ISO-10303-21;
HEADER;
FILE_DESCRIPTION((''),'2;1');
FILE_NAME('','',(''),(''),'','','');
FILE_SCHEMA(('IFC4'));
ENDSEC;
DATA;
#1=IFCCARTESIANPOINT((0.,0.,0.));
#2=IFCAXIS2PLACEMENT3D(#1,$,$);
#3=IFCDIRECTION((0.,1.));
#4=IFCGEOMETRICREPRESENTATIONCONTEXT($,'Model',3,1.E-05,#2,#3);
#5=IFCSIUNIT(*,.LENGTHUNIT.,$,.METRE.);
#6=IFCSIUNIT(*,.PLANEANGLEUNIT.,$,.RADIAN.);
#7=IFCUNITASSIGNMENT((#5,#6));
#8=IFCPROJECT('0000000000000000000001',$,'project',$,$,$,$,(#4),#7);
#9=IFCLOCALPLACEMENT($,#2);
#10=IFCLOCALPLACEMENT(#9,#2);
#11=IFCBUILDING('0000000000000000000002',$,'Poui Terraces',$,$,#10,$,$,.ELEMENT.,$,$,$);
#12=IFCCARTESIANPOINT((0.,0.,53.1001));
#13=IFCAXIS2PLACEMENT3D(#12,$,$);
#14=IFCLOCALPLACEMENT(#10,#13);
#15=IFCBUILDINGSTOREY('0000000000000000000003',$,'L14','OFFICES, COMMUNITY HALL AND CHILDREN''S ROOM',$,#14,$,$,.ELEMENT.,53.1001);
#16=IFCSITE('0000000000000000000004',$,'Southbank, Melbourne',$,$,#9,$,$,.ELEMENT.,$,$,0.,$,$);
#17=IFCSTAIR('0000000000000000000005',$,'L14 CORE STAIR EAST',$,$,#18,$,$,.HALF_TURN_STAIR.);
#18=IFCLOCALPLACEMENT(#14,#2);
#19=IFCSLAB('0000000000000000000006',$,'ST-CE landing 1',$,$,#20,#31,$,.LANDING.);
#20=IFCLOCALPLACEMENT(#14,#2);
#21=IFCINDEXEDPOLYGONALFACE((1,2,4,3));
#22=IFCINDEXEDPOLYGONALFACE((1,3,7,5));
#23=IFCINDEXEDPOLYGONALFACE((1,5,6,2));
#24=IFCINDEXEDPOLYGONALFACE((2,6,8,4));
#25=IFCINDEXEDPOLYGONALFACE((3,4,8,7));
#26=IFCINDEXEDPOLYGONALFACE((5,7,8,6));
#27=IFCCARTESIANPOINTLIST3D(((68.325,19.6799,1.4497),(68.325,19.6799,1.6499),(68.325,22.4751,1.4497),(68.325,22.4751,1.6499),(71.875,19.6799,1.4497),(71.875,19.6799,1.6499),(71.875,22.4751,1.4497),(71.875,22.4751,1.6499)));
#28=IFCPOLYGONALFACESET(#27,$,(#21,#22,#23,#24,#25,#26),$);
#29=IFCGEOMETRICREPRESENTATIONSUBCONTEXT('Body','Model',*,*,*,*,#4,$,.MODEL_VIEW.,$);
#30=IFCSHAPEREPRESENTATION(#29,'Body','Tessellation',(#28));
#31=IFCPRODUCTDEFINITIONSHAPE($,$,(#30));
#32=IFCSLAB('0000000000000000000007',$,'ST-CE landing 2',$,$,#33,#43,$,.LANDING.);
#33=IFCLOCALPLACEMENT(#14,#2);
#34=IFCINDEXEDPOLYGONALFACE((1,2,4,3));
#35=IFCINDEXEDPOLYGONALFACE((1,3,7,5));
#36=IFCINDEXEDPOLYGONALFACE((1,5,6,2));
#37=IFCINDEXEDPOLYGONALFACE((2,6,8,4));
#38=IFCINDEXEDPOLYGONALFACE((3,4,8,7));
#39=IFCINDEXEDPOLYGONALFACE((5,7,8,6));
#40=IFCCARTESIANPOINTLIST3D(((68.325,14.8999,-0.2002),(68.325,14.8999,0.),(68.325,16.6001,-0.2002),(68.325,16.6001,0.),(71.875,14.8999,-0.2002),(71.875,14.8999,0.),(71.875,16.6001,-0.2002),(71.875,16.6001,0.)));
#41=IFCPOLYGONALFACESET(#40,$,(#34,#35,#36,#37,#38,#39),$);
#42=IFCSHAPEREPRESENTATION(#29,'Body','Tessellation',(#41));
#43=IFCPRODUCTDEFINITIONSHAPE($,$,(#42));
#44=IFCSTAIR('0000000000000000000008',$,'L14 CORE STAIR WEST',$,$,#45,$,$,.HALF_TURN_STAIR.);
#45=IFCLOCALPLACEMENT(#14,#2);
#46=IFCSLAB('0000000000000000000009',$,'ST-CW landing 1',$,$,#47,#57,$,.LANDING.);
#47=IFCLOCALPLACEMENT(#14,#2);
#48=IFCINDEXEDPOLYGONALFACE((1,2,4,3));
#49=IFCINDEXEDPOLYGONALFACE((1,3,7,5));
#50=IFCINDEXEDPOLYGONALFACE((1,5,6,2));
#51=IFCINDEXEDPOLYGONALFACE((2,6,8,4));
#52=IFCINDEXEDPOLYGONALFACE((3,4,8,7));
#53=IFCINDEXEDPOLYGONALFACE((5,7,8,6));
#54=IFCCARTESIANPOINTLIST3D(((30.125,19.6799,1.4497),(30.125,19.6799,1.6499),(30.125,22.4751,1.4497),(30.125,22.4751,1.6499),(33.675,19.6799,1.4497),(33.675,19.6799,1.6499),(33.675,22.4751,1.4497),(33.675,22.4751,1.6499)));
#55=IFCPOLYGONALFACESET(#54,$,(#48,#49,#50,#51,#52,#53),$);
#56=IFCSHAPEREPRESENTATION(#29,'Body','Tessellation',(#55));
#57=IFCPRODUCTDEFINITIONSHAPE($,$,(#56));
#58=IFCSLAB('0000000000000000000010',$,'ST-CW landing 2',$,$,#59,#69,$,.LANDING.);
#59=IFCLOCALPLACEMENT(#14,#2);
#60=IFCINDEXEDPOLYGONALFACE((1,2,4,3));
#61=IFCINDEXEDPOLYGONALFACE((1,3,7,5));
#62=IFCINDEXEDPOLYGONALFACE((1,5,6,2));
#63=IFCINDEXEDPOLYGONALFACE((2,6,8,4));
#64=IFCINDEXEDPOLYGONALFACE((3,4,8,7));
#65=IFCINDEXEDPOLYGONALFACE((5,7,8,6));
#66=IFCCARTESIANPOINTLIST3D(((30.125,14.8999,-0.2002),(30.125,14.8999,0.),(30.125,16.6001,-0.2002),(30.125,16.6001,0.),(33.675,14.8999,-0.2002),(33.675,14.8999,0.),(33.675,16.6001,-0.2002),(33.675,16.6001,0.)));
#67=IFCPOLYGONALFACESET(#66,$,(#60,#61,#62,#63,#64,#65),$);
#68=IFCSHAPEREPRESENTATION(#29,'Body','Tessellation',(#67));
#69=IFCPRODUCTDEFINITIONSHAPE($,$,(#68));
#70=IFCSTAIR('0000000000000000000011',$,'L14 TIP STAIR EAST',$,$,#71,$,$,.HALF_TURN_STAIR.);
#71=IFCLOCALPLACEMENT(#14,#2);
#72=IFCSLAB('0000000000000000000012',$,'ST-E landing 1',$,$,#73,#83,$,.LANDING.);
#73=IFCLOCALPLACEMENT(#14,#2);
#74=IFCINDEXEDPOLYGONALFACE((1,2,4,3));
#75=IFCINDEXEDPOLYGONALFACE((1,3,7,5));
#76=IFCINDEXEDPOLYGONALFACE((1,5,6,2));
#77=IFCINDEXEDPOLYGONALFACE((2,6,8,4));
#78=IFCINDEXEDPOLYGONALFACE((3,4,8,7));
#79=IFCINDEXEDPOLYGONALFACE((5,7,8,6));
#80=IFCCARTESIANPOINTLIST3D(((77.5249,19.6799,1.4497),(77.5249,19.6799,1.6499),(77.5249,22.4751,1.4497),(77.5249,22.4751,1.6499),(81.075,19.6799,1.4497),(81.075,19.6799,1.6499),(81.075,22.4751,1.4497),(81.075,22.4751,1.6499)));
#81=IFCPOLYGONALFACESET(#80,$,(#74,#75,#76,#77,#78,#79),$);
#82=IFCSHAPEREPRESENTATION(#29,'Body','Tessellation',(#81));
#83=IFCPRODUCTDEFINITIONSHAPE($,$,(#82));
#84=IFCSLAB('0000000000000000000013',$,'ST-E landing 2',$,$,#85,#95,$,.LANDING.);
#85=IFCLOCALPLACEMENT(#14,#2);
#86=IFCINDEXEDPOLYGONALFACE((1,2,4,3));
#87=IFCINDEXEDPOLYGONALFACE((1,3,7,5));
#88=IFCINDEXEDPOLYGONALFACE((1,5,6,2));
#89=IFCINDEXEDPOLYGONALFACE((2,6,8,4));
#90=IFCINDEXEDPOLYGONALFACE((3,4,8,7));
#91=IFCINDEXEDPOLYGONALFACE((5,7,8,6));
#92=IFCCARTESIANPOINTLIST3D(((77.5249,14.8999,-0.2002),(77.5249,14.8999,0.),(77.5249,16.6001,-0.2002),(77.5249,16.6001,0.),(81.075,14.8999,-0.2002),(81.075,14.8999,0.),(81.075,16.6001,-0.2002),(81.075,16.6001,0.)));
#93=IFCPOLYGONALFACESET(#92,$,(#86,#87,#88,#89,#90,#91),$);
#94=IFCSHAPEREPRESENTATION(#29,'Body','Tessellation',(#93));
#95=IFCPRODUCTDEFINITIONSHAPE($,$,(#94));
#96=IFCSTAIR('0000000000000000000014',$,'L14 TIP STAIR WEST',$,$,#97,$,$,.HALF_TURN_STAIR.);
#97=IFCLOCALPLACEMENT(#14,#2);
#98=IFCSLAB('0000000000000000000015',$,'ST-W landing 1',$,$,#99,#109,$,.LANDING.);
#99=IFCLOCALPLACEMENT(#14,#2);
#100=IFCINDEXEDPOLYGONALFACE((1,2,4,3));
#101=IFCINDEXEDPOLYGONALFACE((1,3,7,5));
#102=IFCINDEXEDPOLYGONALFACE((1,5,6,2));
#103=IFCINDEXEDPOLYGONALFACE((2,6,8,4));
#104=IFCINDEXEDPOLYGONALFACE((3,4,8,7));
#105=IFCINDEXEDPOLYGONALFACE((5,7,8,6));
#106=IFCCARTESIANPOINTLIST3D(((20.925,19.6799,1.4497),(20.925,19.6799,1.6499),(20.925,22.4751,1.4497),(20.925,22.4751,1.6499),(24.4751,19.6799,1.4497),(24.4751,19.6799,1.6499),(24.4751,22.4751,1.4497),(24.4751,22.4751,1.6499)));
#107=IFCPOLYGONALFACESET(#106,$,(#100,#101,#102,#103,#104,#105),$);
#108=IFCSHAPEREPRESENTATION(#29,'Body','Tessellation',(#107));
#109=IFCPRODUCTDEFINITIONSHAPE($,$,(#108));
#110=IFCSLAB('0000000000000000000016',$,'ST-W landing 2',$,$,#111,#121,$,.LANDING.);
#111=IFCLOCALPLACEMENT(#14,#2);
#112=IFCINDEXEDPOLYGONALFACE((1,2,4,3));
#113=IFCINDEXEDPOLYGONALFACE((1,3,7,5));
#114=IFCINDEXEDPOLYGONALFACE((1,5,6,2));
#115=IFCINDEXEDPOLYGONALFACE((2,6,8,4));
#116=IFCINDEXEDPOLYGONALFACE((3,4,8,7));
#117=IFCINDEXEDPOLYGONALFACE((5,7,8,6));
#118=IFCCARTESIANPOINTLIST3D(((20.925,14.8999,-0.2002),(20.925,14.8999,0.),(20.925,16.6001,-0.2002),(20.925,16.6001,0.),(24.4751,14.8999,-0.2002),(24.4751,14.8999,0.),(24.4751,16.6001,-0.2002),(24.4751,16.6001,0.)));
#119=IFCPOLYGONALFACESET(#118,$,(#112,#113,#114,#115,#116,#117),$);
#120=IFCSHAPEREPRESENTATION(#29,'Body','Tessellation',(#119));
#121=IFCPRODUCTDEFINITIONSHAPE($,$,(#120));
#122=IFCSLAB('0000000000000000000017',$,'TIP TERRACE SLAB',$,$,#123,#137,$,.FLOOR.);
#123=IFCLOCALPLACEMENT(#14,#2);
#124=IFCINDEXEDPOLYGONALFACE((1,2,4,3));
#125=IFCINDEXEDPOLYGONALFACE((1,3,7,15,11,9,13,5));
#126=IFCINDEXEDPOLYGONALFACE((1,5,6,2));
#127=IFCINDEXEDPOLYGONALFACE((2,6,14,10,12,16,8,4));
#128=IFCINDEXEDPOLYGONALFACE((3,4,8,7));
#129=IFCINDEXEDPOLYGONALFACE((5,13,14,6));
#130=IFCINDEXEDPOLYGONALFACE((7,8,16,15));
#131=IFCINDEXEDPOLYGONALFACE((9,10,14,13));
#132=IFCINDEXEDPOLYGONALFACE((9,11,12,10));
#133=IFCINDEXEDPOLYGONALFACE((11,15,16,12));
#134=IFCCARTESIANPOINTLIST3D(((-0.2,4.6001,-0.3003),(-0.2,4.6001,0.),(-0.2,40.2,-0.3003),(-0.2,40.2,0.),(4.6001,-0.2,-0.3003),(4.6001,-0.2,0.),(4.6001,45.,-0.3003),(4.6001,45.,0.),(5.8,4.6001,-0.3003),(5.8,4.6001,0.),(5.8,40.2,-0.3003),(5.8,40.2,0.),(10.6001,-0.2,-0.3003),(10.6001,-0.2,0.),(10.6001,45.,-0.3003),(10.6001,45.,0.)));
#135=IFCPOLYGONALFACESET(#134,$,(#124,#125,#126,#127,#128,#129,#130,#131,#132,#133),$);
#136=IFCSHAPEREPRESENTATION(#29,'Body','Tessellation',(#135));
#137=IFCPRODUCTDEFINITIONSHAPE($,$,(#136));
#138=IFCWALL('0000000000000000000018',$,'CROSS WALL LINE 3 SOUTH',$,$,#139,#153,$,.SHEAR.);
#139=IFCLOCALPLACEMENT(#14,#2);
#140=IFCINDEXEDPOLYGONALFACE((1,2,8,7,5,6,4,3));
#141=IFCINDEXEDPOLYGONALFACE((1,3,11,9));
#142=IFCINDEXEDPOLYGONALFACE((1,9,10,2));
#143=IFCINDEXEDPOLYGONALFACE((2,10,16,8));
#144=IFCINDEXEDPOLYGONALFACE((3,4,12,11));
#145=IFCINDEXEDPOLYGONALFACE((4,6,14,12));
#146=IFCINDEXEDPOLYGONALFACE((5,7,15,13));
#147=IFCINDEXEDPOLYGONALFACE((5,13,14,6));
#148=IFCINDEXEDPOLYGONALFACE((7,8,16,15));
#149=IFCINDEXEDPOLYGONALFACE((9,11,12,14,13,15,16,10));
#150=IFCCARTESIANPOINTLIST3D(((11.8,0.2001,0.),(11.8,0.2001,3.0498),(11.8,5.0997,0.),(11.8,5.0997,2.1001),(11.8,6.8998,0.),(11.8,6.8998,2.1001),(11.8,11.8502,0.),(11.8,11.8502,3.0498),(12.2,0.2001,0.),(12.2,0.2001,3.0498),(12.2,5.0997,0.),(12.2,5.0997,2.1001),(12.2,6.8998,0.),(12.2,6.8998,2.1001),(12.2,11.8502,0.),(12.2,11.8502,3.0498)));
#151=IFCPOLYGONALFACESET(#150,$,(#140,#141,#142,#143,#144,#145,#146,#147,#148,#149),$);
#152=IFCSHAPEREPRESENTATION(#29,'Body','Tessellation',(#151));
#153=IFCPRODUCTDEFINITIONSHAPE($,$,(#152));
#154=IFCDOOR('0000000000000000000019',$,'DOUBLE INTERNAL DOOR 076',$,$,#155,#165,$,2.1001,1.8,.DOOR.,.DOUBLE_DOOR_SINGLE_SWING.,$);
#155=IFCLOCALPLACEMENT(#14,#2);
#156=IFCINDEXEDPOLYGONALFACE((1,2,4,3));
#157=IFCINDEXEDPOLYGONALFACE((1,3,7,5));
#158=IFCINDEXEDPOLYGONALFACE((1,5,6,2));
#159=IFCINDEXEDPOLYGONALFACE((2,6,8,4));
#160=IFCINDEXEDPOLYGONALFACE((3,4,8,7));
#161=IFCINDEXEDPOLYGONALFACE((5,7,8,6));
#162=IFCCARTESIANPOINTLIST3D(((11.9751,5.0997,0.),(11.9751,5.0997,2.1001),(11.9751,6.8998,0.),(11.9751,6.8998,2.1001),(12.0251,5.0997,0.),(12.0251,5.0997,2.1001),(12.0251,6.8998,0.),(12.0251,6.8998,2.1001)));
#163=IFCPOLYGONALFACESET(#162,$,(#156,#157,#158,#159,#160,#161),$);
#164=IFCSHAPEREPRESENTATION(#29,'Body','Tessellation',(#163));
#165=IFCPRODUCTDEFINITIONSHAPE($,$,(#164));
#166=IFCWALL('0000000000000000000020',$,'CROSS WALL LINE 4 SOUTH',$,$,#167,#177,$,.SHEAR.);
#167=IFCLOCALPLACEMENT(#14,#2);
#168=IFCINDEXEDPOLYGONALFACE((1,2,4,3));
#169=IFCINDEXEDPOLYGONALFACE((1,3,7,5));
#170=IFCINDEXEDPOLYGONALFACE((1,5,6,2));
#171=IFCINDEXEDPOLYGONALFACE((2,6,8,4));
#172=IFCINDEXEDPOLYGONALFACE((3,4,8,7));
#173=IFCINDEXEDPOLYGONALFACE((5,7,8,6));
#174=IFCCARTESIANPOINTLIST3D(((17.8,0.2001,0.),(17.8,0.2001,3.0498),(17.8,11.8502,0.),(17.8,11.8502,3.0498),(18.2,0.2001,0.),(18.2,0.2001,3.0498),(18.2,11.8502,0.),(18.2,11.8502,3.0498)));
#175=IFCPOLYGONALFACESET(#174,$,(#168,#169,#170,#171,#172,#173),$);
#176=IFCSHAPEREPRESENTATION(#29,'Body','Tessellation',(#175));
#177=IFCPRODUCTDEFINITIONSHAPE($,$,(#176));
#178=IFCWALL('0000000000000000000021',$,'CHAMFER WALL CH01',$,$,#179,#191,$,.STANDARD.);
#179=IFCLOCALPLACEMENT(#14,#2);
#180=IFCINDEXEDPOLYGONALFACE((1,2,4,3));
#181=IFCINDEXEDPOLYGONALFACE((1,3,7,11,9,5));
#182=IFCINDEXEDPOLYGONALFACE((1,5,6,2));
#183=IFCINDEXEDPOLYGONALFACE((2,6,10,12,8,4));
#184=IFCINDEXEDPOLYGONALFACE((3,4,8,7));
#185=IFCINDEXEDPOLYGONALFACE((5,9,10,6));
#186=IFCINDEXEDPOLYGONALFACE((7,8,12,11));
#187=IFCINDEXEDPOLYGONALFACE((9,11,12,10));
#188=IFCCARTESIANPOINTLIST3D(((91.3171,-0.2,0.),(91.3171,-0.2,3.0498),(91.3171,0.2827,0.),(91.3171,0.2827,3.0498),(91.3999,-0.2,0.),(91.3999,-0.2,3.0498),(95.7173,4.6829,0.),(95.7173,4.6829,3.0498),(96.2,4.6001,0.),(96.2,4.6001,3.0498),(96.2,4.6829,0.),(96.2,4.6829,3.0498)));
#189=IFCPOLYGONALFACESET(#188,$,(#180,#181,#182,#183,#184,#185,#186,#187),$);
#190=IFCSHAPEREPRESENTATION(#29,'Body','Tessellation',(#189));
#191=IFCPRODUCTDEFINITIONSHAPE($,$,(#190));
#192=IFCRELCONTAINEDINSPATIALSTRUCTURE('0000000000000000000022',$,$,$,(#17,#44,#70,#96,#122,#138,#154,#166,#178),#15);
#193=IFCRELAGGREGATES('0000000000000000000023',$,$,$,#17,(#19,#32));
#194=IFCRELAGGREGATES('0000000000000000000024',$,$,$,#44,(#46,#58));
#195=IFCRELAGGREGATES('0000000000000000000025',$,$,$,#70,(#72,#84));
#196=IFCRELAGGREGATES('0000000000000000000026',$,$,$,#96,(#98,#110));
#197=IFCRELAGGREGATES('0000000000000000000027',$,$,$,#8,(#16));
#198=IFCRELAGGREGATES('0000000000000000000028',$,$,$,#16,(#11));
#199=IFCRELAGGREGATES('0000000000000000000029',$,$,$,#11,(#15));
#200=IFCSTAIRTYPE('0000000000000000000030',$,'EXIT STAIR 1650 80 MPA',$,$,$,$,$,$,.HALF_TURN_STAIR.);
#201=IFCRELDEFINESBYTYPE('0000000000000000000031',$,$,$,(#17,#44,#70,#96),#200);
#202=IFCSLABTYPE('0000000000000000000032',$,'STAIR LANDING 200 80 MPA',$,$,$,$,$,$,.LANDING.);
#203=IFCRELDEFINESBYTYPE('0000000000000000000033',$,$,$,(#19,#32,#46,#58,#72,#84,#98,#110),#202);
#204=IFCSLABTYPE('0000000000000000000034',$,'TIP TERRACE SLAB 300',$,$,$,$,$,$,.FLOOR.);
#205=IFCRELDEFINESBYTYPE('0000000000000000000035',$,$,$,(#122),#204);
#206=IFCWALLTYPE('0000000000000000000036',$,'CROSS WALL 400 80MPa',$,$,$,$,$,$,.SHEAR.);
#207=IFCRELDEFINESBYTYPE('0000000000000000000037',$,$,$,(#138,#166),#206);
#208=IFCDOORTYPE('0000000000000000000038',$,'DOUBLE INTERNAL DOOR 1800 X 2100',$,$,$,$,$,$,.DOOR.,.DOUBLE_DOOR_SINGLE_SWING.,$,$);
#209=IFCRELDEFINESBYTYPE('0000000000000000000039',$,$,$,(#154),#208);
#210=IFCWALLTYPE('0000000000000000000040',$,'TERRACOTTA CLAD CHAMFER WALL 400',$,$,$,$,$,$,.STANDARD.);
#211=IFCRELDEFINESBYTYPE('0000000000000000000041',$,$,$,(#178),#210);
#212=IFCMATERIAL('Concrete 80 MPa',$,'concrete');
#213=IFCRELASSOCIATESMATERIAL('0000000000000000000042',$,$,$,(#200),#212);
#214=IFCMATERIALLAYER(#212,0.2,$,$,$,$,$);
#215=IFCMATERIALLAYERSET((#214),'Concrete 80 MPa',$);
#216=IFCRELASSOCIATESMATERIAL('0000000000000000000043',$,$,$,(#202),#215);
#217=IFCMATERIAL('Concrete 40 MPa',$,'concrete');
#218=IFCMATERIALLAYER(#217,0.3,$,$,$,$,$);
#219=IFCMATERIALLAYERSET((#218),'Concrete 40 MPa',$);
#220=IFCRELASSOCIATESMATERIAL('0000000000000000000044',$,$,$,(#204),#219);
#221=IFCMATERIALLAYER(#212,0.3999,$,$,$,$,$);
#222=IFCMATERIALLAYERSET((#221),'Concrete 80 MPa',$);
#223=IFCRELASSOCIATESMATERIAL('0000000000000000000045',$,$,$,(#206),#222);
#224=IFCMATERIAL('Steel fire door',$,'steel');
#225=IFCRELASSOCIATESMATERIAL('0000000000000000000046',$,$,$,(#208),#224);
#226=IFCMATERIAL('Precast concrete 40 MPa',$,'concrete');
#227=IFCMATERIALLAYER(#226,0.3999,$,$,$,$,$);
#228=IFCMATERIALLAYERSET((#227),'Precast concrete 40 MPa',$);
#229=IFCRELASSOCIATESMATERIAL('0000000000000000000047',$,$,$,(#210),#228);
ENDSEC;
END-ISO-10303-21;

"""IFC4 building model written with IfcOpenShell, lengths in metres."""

from ifc_helpers import new_model, si_unit, direction, frame, frame_2d, origin, place, context, subcontext, project, spatial, polyline, rectangle, outline, extrude, source, transform, mapped, material, layer, layer_set, type_object, element, fill, aggregate, save


model = new_model("IFC4")

# Units and contexts
model_context = context("Model", 3, precision=1e-05, world=origin(), true_north=direction((0.0, 1.0)))
body_context = subcontext(model_context, "Body", "Model", "MODEL_VIEW")
ifc_project = project(units=[si_unit("LENGTHUNIT", "METRE"), si_unit("PLANEANGLEUNIT", "RADIAN")], contexts=[model_context])

# Site, building, storey
site_placement = place(None, origin())
site = spatial("IfcSite", under=ifc_project, at=site_placement, Name="Southbank, Melbourne", CompositionType="ELEMENT", RefElevation=0.0)
building_placement = place(site_placement, origin())
building = spatial("IfcBuilding", under=site, at=building_placement, Name="Poui Terraces", CompositionType="ELEMENT")
storey_placement = place(building_placement, frame((0.0, 0.0, 53.1001)))
storey = spatial("IfcBuildingStorey", under=building, at=storey_placement, Name="L14", Description="OFFICES, COMMUNITY HALL AND CHILDREN'S ROOM", CompositionType="ELEMENT", Elevation=53.1001)

# Stairs, slabs
ifc_material_1 = material(Name="Concrete 80 MPa", Category="concrete")
stair_type = type_object("IfcStairType", Name="EXIT STAIR 1650 80 MPA", PredefinedType="HALF_TURN_STAIR", material=ifc_material_1)
stair_1_placement = place(storey_placement, origin())
stair_1 = element("IfcStair", 1, at=stair_1_placement, inside=storey, type_object=stair_type, Name="L14 CORE STAIR EAST", PredefinedType="HALF_TURN_STAIR")
ifc_layer_1 = layer(ifc_material_1, 0.2)
ifc_layer_set_1 = layer_set([ifc_layer_1], Name="Concrete 80 MPa")
slab_type_1 = type_object("IfcSlabType", Name="STAIR LANDING 200 80 MPA", PredefinedType="LANDING", material=ifc_layer_set_1)
slab_1_placement = place(storey_placement, frame((0.0, 0.0, 1.4497)))
slab_1 = element("IfcSlab", 2, at=slab_1_placement, type_object=slab_type_1, Name="ST-CE landing 1", PredefinedType="LANDING", context=body_context, shape_type="SweptSolid", body=[
    extrude(outline(polyline([(68.325, 19.6799), (71.875, 19.6799), (71.875, 22.4751), (68.325, 22.4751), (68.325, 19.6799)])), origin(), (0.0, 0.0, 1.0), 0.2002),
])
slab_2_placement = place(storey_placement, frame((0.0, 0.0, -0.2002)))
slab_2 = element("IfcSlab", 3, at=slab_2_placement, type_object=slab_type_1, Name="ST-CE landing 2", PredefinedType="LANDING", context=body_context, shape_type="SweptSolid", body=[
    extrude(outline(polyline([(68.325, 14.8999), (71.875, 14.8999), (71.875, 16.6001), (68.325, 16.6001), (68.325, 14.8999)])), origin(), (0.0, 0.0, 1.0), 0.2002),
])
aggregate(stair_1, [slab_1, slab_2])
stair_2_placement = place(storey_placement, origin())
stair_2 = element("IfcStair", 4, at=stair_2_placement, inside=storey, type_object=stair_type, Name="L14 CORE STAIR WEST", PredefinedType="HALF_TURN_STAIR")
slab_3_placement = place(storey_placement, frame((0.0, 0.0, 1.4497)))
slab_3 = element("IfcSlab", 5, at=slab_3_placement, type_object=slab_type_1, Name="ST-CW landing 1", PredefinedType="LANDING", context=body_context, shape_type="SweptSolid", body=[
    extrude(outline(polyline([(30.125, 19.6799), (33.675, 19.6799), (33.675, 22.4751), (30.125, 22.4751), (30.125, 19.6799)])), origin(), (0.0, 0.0, 1.0), 0.2002),
])
slab_4_placement = place(storey_placement, frame((0.0, 0.0, -0.2002)))
slab_4 = element("IfcSlab", 6, at=slab_4_placement, type_object=slab_type_1, Name="ST-CW landing 2", PredefinedType="LANDING", context=body_context, shape_type="SweptSolid", body=[
    extrude(outline(polyline([(30.125, 14.8999), (33.675, 14.8999), (33.675, 16.6001), (30.125, 16.6001), (30.125, 14.8999)])), origin(), (0.0, 0.0, 1.0), 0.2002),
])
aggregate(stair_2, [slab_3, slab_4])
stair_3_placement = place(storey_placement, origin())
stair_3 = element("IfcStair", 7, at=stair_3_placement, inside=storey, type_object=stair_type, Name="L14 TIP STAIR EAST", PredefinedType="HALF_TURN_STAIR")
slab_5_placement = place(storey_placement, frame((0.0, 0.0, 1.4497)))
slab_5 = element("IfcSlab", 8, at=slab_5_placement, type_object=slab_type_1, Name="ST-E landing 1", PredefinedType="LANDING", context=body_context, shape_type="SweptSolid", body=[
    extrude(outline(polyline([(77.5249, 19.6799), (81.075, 19.6799), (81.075, 22.4751), (77.5249, 22.4751), (77.5249, 19.6799)])), origin(), (0.0, 0.0, 1.0), 0.2002),
])
slab_6_placement = place(storey_placement, frame((0.0, 0.0, -0.2002)))
slab_6 = element("IfcSlab", 9, at=slab_6_placement, type_object=slab_type_1, Name="ST-E landing 2", PredefinedType="LANDING", context=body_context, shape_type="SweptSolid", body=[
    extrude(outline(polyline([(77.5249, 14.8999), (81.075, 14.8999), (81.075, 16.6001), (77.5249, 16.6001), (77.5249, 14.8999)])), origin(), (0.0, 0.0, 1.0), 0.2002),
])
aggregate(stair_3, [slab_5, slab_6])
stair_4_placement = place(storey_placement, origin())
stair_4 = element("IfcStair", 10, at=stair_4_placement, inside=storey, type_object=stair_type, Name="L14 TIP STAIR WEST", PredefinedType="HALF_TURN_STAIR")
slab_7_placement = place(storey_placement, frame((0.0, 0.0, 1.4497)))
slab_7 = element("IfcSlab", 11, at=slab_7_placement, type_object=slab_type_1, Name="ST-W landing 1", PredefinedType="LANDING", context=body_context, shape_type="SweptSolid", body=[
    extrude(outline(polyline([(20.925, 19.6799), (24.4751, 19.6799), (24.4751, 22.4751), (20.925, 22.4751), (20.925, 19.6799)])), origin(), (0.0, 0.0, 1.0), 0.2002),
])
slab_8_placement = place(storey_placement, frame((0.0, 0.0, -0.2002)))
slab_8 = element("IfcSlab", 12, at=slab_8_placement, type_object=slab_type_1, Name="ST-W landing 2", PredefinedType="LANDING", context=body_context, shape_type="SweptSolid", body=[
    extrude(outline(polyline([(20.925, 14.8999), (24.4751, 14.8999), (24.4751, 16.6001), (20.925, 16.6001), (20.925, 14.8999)])), origin(), (0.0, 0.0, 1.0), 0.2002),
])
aggregate(stair_4, [slab_7, slab_8])

# Slab
ifc_material_2 = material(Name="Concrete 40 MPa", Category="concrete")
ifc_layer_2 = layer(ifc_material_2, 0.3)
ifc_layer_set_2 = layer_set([ifc_layer_2], Name="Concrete 40 MPa")
slab_type_2 = type_object("IfcSlabType", Name="TIP TERRACE SLAB 300", PredefinedType="FLOOR", material=ifc_layer_set_2)
shared_shape_1 = source(origin(), body_context, "Body", "SweptSolid", [
    extrude(outline(polyline([(0.0, 0.0), (6.0, 0.0), (1.2, 4.8), (1.2, 40.3999), (6.0, 45.2), (0.0, 45.2), (-4.8, 40.3999), (-4.8, 4.8), (0.0, 0.0)])), origin(), (0.0, 0.0, 1.0), 0.3003),
])
slab_9_placement = place(storey_placement, frame((4.6001, -0.2, -0.3003)))
element("IfcSlab", 13, at=slab_9_placement, inside=storey, type_object=slab_type_2, Name="TIP TERRACE SLAB", PredefinedType="FLOOR", context=body_context, shape_type="MappedRepresentation", body=[
    mapped(shared_shape_1, transform((0.0, 0.0, 0.0))),
])

# Wall, opening, door
ifc_layer_3 = layer(ifc_material_1, 0.3999)
ifc_layer_set_3 = layer_set([ifc_layer_3], Name="Concrete 80 MPa")
wall_type_1 = type_object("IfcWallType", Name="CROSS WALL 400 80MPa", PredefinedType="SHEAR", material=ifc_layer_set_3)
wall_1_placement = place(storey_placement, frame((12.0, 0.2, 0.0), z_axis=(0.0, 0.0, 1.0), x_axis=(0.0, 1.0, 0.0)))
wall_1 = element("IfcWall", 14, at=wall_1_placement, inside=storey, type_object=wall_type_1, Name="CROSS WALL LINE 3 SOUTH", PredefinedType="SHEAR", context=body_context, shape_type="SweptSolid", body=[
    extrude(rectangle(XDim=11.6501, YDim=0.3999, at=frame_2d((5.8252, 0.0))), origin(), (0.0, 0.0, 1.0), 3.0498),
])
opening_placement = place(wall_1_placement, frame((4.8999, 0.0, 0.0)))
opening = element("IfcOpeningElement", 15, at=opening_placement, cuts=wall_1, PredefinedType="OPENING", context=body_context, shape_type="SweptSolid", body=[
    extrude(rectangle(XDim=1.8, YDim=2.1001, at=frame_2d((0.8999, 1.05))), frame((0.0, 0.21, 0.0), z_axis=(0.0, -1.0, 0.0), x_axis=(1.0, 0.0, 0.0)), (0.0, 0.0, 1.0), 0.4199),
])
ifc_material_3 = material(Name="Steel fire door", Category="steel")
door_type = type_object("IfcDoorType", Name="DOUBLE INTERNAL DOOR 1800 X 2100", OperationType="DOUBLE_DOOR_SINGLE_SWING", PredefinedType="DOOR", material=ifc_material_3)
door_placement = place(opening_placement, origin())
door = element("IfcDoor", 16, at=door_placement, inside=storey, type_object=door_type, Name="DOUBLE INTERNAL DOOR 076", OperationType="DOUBLE_DOOR_SINGLE_SWING", OverallHeight=2.1001, OverallWidth=1.8, PredefinedType="DOOR", context=body_context, shape_type="SweptSolid", body=[
    extrude(rectangle(XDim=1.8, YDim=2.1001, at=frame_2d((0.8999, 1.05))), frame((0.0, 0.0249, 0.0), z_axis=(0.0, -1.0, 0.0), x_axis=(1.0, 0.0, 0.0)), (0.0, 0.0, 1.0), 0.05),
])
fill(opening, door)

# Walls
wall_2_placement = place(storey_placement, frame((18.0, 0.2, 0.0), z_axis=(0.0, 0.0, 1.0), x_axis=(0.0, 1.0, 0.0)))
element("IfcWall", 17, at=wall_2_placement, inside=storey, type_object=wall_type_1, Name="CROSS WALL LINE 4 SOUTH", PredefinedType="SHEAR", context=body_context, shape_type="SweptSolid", body=[
    extrude(rectangle(XDim=11.6501, YDim=0.3999, at=frame_2d((5.8252, 0.0))), origin(), (0.0, 0.0, 1.0), 3.0498),
])
ifc_material_4 = material(Name="Precast concrete 40 MPa", Category="concrete")
ifc_layer_4 = layer(ifc_material_4, 0.3999)
ifc_layer_set_4 = layer_set([ifc_layer_4], Name="Precast concrete 40 MPa")
wall_type_2 = type_object("IfcWallType", Name="TERRACOTTA CLAD CHAMFER WALL 400", PredefinedType="STANDARD", material=ifc_layer_set_4)
wall_3_placement = place(storey_placement, origin())
element("IfcWall", 18, at=wall_3_placement, inside=storey, type_object=wall_type_2, Name="CHAMFER WALL CH01", PredefinedType="STANDARD", context=body_context, shape_type="SweptSolid", body=[
    extrude(outline(polyline([(91.3171, -0.2), (91.3999, -0.2), (96.2, 4.6001), (96.2, 4.6829), (95.7173, 4.6829), (91.3171, 0.2827), (91.3171, -0.2)])), origin(), (0.0, 0.0, 1.0), 3.0498),
])

save(model, "model.ifc")
